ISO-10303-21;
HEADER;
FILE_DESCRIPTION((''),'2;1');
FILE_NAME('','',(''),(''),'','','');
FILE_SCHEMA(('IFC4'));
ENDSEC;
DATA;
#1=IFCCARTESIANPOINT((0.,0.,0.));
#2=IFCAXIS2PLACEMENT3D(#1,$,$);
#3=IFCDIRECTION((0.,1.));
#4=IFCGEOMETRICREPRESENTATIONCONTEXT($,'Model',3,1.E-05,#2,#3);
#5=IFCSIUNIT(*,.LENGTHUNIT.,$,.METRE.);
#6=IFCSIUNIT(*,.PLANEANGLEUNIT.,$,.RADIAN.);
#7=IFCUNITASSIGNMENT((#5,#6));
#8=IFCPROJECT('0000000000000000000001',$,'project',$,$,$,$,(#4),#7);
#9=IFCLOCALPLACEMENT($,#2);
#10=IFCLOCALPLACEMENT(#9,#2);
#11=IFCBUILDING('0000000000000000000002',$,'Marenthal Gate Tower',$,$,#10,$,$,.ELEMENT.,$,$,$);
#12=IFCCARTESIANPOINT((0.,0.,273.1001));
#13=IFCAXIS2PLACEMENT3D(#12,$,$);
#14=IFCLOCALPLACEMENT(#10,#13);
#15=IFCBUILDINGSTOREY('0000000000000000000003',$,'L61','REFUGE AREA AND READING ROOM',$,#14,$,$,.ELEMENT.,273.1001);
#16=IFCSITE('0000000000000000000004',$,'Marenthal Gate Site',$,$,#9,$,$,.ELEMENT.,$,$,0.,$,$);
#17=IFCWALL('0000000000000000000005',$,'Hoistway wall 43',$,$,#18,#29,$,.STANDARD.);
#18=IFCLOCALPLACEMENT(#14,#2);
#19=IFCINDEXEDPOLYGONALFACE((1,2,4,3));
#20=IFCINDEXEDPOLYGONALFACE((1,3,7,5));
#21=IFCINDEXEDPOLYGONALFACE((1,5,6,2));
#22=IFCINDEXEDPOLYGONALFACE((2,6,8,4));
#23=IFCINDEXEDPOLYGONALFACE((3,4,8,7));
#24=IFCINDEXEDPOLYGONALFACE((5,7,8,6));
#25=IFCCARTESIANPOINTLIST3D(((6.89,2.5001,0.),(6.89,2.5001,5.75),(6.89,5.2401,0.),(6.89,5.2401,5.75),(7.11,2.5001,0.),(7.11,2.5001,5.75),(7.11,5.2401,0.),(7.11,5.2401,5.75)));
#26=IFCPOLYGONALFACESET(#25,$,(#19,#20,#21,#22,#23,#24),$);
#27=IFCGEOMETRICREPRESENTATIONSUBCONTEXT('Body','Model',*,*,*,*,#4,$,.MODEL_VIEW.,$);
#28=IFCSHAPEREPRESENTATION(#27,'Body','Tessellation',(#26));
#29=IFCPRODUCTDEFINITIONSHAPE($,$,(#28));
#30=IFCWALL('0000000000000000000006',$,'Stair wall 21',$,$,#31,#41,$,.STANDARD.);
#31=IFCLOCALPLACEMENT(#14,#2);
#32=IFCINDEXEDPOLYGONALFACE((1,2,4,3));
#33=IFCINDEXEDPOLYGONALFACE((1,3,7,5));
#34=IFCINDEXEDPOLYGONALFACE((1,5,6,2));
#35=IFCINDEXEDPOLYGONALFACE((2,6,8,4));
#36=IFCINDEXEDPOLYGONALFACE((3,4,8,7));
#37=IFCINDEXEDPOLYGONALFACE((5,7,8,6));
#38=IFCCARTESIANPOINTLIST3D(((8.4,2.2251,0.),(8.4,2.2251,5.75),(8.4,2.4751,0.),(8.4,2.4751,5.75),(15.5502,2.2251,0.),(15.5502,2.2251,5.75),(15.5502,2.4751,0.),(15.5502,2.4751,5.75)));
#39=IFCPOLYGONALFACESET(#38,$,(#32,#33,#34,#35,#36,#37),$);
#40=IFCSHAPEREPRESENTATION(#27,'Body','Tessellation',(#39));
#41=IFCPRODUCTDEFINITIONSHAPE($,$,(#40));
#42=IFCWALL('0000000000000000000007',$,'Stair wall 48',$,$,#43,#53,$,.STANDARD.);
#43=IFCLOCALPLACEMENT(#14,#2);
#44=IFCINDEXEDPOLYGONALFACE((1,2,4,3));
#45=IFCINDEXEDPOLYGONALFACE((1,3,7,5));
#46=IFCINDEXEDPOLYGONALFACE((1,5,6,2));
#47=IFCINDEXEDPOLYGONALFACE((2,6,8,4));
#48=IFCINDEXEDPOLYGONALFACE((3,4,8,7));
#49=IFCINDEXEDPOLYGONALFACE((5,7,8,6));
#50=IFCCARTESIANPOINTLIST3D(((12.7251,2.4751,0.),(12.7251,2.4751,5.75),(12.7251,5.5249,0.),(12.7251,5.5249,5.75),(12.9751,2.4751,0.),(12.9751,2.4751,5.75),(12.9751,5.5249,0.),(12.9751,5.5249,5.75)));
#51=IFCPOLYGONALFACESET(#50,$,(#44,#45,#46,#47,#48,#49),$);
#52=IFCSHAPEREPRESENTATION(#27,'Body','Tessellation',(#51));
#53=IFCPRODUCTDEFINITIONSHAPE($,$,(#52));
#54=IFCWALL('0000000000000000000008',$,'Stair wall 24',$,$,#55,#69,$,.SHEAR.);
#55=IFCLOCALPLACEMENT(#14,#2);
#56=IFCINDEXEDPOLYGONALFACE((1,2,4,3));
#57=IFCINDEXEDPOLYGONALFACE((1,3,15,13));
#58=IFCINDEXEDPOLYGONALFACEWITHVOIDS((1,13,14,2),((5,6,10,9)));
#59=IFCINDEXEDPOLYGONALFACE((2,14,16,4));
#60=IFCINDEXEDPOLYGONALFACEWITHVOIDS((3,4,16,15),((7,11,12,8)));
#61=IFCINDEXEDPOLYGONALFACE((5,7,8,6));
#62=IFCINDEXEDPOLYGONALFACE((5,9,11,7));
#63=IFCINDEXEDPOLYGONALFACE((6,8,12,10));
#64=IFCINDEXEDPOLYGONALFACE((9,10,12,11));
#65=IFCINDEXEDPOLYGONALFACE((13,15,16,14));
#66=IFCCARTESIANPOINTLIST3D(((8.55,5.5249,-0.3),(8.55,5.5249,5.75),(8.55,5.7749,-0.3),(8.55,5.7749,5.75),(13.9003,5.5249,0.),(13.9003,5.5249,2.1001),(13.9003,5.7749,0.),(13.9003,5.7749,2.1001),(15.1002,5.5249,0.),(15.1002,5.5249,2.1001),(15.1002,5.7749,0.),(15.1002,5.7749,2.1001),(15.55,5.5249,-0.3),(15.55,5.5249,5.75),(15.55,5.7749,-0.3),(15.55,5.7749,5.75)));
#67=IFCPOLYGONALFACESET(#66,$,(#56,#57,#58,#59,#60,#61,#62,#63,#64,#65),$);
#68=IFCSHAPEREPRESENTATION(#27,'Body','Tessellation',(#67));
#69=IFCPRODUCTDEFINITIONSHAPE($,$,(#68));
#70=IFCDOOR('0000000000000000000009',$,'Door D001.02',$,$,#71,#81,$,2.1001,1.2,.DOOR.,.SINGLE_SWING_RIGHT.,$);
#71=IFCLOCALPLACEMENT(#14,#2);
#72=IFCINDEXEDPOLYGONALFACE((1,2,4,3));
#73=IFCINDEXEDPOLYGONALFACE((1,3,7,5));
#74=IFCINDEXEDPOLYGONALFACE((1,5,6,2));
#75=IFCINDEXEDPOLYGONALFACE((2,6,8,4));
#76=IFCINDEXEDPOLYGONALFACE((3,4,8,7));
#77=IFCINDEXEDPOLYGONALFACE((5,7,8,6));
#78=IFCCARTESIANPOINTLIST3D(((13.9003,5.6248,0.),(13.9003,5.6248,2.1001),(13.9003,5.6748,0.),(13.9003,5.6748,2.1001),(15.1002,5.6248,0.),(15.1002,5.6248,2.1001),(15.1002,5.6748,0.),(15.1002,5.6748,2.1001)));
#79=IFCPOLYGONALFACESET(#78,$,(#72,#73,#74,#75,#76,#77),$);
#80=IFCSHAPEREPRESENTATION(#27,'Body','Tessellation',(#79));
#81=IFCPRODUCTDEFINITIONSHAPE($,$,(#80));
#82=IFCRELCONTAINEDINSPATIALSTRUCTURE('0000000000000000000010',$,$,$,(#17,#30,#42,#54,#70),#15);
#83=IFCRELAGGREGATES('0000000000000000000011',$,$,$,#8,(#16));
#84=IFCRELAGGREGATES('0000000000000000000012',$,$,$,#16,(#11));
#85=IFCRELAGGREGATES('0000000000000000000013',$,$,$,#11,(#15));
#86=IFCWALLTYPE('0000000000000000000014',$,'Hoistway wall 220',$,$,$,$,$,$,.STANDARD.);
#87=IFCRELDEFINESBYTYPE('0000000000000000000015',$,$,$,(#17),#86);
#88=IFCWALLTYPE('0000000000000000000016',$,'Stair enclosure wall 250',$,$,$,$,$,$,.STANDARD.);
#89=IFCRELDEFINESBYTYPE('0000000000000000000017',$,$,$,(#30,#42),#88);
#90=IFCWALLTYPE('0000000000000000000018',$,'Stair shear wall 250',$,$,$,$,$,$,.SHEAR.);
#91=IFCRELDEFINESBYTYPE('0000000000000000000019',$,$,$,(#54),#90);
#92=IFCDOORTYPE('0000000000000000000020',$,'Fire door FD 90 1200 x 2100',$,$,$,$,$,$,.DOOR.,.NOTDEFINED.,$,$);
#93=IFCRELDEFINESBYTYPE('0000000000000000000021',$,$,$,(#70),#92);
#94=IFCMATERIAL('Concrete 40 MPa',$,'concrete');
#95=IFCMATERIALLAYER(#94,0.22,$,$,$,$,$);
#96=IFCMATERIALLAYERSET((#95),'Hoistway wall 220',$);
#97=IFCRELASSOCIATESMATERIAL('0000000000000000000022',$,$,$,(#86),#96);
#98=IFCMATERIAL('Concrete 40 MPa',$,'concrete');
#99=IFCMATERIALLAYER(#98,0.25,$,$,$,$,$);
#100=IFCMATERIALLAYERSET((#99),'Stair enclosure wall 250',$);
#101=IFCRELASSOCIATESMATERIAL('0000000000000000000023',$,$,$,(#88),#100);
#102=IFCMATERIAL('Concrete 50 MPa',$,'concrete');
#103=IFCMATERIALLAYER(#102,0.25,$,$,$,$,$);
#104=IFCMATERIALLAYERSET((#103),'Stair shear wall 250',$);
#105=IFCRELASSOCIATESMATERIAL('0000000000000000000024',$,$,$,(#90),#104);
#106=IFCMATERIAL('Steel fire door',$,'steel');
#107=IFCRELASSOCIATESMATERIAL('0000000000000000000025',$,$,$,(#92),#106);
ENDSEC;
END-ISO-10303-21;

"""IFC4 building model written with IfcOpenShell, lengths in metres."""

from ifc_helpers import new_model, si_unit, direction, frame, frame_2d, origin, place, context, subcontext, project, spatial, rectangle, extrude, material, layer, layer_set, type_object, element, fill, save


model = new_model("IFC4")

# Units and contexts
model_context = context("Model", 3, precision=1e-05, world=origin(), true_north=direction((0.0, 1.0)))
body_context = subcontext(model_context, "Body", "Model", "MODEL_VIEW")
ifc_project = project(units=[si_unit("LENGTHUNIT", "METRE"), si_unit("PLANEANGLEUNIT", "RADIAN")], contexts=[model_context])

# Site, building, storey
site_placement = place(None, origin())
site = spatial("IfcSite", under=ifc_project, at=site_placement, Name="Marenthal Gate Site", CompositionType="ELEMENT", RefElevation=0.0)
building_placement = place(site_placement, origin())
building = spatial("IfcBuilding", under=site, at=building_placement, Name="Marenthal Gate Tower", CompositionType="ELEMENT")
storey_placement = place(building_placement, frame((0.0, 0.0, 273.1001)))
storey = spatial("IfcBuildingStorey", under=building, at=storey_placement, Name="L61", Description="REFUGE AREA AND READING ROOM", CompositionType="ELEMENT", Elevation=273.1001)

# Walls
ifc_material_1 = material(Name="Concrete 40 MPa", Category="concrete")
ifc_layer_1 = layer(ifc_material_1, 0.22)
ifc_layer_set_1 = layer_set([ifc_layer_1], Name="Hoistway wall 220")
wall_type_1 = type_object("IfcWallType", Name="Hoistway wall 220", PredefinedType="STANDARD", material=ifc_layer_set_1)
wall_1_placement = place(storey_placement, frame((7.0, 2.5, 0.0), z_axis=(0.0, 0.0, 1.0), x_axis=(0.0, 1.0, 0.0)))
element("IfcWall", 1, at=wall_1_placement, inside=storey, type_object=wall_type_1, Name="Hoistway wall 43", PredefinedType="STANDARD", context=body_context, shape_type="SweptSolid", body=[
    extrude(rectangle(XDim=2.74, YDim=0.22, at=frame_2d((1.3701, 0.0))), origin(), (0.0, 0.0, 1.0), 5.75),
])
ifc_material_2 = material(Name="Concrete 40 MPa", Category="concrete")
ifc_layer_2 = layer(ifc_material_2, 0.25)
ifc_layer_set_2 = layer_set([ifc_layer_2], Name="Stair enclosure wall 250")
wall_type_2 = type_object("IfcWallType", Name="Stair enclosure wall 250", PredefinedType="STANDARD", material=ifc_layer_set_2)
wall_2_placement = place(storey_placement, frame((8.3999, 2.3501, 0.0), z_axis=(0.0, 0.0, 1.0), x_axis=(1.0, 0.0, 0.0)))
element("IfcWall", 2, at=wall_2_placement, inside=storey, type_object=wall_type_2, Name="Stair wall 21", PredefinedType="STANDARD", context=body_context, shape_type="SweptSolid", body=[
    extrude(rectangle(XDim=7.1501, YDim=0.25, at=frame_2d((3.5752, 0.0))), origin(), (0.0, 0.0, 1.0), 5.75),
])
wall_3_placement = place(storey_placement, frame((12.8501, 2.4751, 0.0), z_axis=(0.0, 0.0, 1.0), x_axis=(0.0, 1.0, 0.0)))
element("IfcWall", 3, at=wall_3_placement, inside=storey, type_object=wall_type_2, Name="Stair wall 48", PredefinedType="STANDARD", context=body_context, shape_type="SweptSolid", body=[
    extrude(rectangle(XDim=3.0498, YDim=0.25, at=frame_2d((1.5249, 0.0))), origin(), (0.0, 0.0, 1.0), 5.75),
])

# Wall, opening, door
ifc_material_3 = material(Name="Concrete 50 MPa", Category="concrete")
ifc_layer_3 = layer(ifc_material_3, 0.25)
ifc_layer_set_3 = layer_set([ifc_layer_3], Name="Stair shear wall 250")
wall_type_3 = type_object("IfcWallType", Name="Stair shear wall 250", PredefinedType="SHEAR", material=ifc_layer_set_3)
wall_4_placement = place(storey_placement, frame((8.55, 5.6499, -0.3), z_axis=(0.0, 0.0, 1.0), x_axis=(1.0, 0.0, 0.0)))
wall_4 = element("IfcWall", 4, at=wall_4_placement, inside=storey, type_object=wall_type_3, Name="Stair wall 24", PredefinedType="SHEAR", context=body_context, shape_type="SweptSolid", body=[
    extrude(rectangle(XDim=7.0, YDim=0.25, at=frame_2d((3.5, 0.0))), origin(), (0.0, 0.0, 1.0), 6.05),
])
opening_placement = place(wall_4_placement, frame((5.3501, 0.0, 0.3)))
opening = element("IfcOpeningElement", 5, at=opening_placement, cuts=wall_4, PredefinedType="OPENING", context=body_context, shape_type="SweptSolid", body=[
    extrude(rectangle(XDim=1.2, YDim=2.1001, at=frame_2d((0.6001, 1.05))), frame((0.0, 0.135, 0.0), z_axis=(0.0, -1.0, 0.0), x_axis=(1.0, 0.0, 0.0)), (0.0, 0.0, 1.0), 0.27),
])
ifc_material_4 = material(Name="Steel fire door", Category="steel")
door_type = type_object("IfcDoorType", Name="Fire door FD 90 1200 x 2100", OperationType="NOTDEFINED", PredefinedType="DOOR", material=ifc_material_4)
door_placement = place(opening_placement, origin())
door = element("IfcDoor", 6, at=door_placement, inside=storey, type_object=door_type, Name="Door D001.02", OperationType="SINGLE_SWING_RIGHT", OverallHeight=2.1001, OverallWidth=1.2, PredefinedType="DOOR", context=body_context, shape_type="SweptSolid", body=[
    extrude(rectangle(XDim=1.2, YDim=2.1001, at=frame_2d((0.6001, 1.05))), frame((0.0, 0.0249, 0.0), z_axis=(0.0, -1.0, 0.0), x_axis=(1.0, 0.0, 0.0)), (0.0, 0.0, 1.0), 0.05),
])
fill(opening, door)

save(model, "model.ifc")
